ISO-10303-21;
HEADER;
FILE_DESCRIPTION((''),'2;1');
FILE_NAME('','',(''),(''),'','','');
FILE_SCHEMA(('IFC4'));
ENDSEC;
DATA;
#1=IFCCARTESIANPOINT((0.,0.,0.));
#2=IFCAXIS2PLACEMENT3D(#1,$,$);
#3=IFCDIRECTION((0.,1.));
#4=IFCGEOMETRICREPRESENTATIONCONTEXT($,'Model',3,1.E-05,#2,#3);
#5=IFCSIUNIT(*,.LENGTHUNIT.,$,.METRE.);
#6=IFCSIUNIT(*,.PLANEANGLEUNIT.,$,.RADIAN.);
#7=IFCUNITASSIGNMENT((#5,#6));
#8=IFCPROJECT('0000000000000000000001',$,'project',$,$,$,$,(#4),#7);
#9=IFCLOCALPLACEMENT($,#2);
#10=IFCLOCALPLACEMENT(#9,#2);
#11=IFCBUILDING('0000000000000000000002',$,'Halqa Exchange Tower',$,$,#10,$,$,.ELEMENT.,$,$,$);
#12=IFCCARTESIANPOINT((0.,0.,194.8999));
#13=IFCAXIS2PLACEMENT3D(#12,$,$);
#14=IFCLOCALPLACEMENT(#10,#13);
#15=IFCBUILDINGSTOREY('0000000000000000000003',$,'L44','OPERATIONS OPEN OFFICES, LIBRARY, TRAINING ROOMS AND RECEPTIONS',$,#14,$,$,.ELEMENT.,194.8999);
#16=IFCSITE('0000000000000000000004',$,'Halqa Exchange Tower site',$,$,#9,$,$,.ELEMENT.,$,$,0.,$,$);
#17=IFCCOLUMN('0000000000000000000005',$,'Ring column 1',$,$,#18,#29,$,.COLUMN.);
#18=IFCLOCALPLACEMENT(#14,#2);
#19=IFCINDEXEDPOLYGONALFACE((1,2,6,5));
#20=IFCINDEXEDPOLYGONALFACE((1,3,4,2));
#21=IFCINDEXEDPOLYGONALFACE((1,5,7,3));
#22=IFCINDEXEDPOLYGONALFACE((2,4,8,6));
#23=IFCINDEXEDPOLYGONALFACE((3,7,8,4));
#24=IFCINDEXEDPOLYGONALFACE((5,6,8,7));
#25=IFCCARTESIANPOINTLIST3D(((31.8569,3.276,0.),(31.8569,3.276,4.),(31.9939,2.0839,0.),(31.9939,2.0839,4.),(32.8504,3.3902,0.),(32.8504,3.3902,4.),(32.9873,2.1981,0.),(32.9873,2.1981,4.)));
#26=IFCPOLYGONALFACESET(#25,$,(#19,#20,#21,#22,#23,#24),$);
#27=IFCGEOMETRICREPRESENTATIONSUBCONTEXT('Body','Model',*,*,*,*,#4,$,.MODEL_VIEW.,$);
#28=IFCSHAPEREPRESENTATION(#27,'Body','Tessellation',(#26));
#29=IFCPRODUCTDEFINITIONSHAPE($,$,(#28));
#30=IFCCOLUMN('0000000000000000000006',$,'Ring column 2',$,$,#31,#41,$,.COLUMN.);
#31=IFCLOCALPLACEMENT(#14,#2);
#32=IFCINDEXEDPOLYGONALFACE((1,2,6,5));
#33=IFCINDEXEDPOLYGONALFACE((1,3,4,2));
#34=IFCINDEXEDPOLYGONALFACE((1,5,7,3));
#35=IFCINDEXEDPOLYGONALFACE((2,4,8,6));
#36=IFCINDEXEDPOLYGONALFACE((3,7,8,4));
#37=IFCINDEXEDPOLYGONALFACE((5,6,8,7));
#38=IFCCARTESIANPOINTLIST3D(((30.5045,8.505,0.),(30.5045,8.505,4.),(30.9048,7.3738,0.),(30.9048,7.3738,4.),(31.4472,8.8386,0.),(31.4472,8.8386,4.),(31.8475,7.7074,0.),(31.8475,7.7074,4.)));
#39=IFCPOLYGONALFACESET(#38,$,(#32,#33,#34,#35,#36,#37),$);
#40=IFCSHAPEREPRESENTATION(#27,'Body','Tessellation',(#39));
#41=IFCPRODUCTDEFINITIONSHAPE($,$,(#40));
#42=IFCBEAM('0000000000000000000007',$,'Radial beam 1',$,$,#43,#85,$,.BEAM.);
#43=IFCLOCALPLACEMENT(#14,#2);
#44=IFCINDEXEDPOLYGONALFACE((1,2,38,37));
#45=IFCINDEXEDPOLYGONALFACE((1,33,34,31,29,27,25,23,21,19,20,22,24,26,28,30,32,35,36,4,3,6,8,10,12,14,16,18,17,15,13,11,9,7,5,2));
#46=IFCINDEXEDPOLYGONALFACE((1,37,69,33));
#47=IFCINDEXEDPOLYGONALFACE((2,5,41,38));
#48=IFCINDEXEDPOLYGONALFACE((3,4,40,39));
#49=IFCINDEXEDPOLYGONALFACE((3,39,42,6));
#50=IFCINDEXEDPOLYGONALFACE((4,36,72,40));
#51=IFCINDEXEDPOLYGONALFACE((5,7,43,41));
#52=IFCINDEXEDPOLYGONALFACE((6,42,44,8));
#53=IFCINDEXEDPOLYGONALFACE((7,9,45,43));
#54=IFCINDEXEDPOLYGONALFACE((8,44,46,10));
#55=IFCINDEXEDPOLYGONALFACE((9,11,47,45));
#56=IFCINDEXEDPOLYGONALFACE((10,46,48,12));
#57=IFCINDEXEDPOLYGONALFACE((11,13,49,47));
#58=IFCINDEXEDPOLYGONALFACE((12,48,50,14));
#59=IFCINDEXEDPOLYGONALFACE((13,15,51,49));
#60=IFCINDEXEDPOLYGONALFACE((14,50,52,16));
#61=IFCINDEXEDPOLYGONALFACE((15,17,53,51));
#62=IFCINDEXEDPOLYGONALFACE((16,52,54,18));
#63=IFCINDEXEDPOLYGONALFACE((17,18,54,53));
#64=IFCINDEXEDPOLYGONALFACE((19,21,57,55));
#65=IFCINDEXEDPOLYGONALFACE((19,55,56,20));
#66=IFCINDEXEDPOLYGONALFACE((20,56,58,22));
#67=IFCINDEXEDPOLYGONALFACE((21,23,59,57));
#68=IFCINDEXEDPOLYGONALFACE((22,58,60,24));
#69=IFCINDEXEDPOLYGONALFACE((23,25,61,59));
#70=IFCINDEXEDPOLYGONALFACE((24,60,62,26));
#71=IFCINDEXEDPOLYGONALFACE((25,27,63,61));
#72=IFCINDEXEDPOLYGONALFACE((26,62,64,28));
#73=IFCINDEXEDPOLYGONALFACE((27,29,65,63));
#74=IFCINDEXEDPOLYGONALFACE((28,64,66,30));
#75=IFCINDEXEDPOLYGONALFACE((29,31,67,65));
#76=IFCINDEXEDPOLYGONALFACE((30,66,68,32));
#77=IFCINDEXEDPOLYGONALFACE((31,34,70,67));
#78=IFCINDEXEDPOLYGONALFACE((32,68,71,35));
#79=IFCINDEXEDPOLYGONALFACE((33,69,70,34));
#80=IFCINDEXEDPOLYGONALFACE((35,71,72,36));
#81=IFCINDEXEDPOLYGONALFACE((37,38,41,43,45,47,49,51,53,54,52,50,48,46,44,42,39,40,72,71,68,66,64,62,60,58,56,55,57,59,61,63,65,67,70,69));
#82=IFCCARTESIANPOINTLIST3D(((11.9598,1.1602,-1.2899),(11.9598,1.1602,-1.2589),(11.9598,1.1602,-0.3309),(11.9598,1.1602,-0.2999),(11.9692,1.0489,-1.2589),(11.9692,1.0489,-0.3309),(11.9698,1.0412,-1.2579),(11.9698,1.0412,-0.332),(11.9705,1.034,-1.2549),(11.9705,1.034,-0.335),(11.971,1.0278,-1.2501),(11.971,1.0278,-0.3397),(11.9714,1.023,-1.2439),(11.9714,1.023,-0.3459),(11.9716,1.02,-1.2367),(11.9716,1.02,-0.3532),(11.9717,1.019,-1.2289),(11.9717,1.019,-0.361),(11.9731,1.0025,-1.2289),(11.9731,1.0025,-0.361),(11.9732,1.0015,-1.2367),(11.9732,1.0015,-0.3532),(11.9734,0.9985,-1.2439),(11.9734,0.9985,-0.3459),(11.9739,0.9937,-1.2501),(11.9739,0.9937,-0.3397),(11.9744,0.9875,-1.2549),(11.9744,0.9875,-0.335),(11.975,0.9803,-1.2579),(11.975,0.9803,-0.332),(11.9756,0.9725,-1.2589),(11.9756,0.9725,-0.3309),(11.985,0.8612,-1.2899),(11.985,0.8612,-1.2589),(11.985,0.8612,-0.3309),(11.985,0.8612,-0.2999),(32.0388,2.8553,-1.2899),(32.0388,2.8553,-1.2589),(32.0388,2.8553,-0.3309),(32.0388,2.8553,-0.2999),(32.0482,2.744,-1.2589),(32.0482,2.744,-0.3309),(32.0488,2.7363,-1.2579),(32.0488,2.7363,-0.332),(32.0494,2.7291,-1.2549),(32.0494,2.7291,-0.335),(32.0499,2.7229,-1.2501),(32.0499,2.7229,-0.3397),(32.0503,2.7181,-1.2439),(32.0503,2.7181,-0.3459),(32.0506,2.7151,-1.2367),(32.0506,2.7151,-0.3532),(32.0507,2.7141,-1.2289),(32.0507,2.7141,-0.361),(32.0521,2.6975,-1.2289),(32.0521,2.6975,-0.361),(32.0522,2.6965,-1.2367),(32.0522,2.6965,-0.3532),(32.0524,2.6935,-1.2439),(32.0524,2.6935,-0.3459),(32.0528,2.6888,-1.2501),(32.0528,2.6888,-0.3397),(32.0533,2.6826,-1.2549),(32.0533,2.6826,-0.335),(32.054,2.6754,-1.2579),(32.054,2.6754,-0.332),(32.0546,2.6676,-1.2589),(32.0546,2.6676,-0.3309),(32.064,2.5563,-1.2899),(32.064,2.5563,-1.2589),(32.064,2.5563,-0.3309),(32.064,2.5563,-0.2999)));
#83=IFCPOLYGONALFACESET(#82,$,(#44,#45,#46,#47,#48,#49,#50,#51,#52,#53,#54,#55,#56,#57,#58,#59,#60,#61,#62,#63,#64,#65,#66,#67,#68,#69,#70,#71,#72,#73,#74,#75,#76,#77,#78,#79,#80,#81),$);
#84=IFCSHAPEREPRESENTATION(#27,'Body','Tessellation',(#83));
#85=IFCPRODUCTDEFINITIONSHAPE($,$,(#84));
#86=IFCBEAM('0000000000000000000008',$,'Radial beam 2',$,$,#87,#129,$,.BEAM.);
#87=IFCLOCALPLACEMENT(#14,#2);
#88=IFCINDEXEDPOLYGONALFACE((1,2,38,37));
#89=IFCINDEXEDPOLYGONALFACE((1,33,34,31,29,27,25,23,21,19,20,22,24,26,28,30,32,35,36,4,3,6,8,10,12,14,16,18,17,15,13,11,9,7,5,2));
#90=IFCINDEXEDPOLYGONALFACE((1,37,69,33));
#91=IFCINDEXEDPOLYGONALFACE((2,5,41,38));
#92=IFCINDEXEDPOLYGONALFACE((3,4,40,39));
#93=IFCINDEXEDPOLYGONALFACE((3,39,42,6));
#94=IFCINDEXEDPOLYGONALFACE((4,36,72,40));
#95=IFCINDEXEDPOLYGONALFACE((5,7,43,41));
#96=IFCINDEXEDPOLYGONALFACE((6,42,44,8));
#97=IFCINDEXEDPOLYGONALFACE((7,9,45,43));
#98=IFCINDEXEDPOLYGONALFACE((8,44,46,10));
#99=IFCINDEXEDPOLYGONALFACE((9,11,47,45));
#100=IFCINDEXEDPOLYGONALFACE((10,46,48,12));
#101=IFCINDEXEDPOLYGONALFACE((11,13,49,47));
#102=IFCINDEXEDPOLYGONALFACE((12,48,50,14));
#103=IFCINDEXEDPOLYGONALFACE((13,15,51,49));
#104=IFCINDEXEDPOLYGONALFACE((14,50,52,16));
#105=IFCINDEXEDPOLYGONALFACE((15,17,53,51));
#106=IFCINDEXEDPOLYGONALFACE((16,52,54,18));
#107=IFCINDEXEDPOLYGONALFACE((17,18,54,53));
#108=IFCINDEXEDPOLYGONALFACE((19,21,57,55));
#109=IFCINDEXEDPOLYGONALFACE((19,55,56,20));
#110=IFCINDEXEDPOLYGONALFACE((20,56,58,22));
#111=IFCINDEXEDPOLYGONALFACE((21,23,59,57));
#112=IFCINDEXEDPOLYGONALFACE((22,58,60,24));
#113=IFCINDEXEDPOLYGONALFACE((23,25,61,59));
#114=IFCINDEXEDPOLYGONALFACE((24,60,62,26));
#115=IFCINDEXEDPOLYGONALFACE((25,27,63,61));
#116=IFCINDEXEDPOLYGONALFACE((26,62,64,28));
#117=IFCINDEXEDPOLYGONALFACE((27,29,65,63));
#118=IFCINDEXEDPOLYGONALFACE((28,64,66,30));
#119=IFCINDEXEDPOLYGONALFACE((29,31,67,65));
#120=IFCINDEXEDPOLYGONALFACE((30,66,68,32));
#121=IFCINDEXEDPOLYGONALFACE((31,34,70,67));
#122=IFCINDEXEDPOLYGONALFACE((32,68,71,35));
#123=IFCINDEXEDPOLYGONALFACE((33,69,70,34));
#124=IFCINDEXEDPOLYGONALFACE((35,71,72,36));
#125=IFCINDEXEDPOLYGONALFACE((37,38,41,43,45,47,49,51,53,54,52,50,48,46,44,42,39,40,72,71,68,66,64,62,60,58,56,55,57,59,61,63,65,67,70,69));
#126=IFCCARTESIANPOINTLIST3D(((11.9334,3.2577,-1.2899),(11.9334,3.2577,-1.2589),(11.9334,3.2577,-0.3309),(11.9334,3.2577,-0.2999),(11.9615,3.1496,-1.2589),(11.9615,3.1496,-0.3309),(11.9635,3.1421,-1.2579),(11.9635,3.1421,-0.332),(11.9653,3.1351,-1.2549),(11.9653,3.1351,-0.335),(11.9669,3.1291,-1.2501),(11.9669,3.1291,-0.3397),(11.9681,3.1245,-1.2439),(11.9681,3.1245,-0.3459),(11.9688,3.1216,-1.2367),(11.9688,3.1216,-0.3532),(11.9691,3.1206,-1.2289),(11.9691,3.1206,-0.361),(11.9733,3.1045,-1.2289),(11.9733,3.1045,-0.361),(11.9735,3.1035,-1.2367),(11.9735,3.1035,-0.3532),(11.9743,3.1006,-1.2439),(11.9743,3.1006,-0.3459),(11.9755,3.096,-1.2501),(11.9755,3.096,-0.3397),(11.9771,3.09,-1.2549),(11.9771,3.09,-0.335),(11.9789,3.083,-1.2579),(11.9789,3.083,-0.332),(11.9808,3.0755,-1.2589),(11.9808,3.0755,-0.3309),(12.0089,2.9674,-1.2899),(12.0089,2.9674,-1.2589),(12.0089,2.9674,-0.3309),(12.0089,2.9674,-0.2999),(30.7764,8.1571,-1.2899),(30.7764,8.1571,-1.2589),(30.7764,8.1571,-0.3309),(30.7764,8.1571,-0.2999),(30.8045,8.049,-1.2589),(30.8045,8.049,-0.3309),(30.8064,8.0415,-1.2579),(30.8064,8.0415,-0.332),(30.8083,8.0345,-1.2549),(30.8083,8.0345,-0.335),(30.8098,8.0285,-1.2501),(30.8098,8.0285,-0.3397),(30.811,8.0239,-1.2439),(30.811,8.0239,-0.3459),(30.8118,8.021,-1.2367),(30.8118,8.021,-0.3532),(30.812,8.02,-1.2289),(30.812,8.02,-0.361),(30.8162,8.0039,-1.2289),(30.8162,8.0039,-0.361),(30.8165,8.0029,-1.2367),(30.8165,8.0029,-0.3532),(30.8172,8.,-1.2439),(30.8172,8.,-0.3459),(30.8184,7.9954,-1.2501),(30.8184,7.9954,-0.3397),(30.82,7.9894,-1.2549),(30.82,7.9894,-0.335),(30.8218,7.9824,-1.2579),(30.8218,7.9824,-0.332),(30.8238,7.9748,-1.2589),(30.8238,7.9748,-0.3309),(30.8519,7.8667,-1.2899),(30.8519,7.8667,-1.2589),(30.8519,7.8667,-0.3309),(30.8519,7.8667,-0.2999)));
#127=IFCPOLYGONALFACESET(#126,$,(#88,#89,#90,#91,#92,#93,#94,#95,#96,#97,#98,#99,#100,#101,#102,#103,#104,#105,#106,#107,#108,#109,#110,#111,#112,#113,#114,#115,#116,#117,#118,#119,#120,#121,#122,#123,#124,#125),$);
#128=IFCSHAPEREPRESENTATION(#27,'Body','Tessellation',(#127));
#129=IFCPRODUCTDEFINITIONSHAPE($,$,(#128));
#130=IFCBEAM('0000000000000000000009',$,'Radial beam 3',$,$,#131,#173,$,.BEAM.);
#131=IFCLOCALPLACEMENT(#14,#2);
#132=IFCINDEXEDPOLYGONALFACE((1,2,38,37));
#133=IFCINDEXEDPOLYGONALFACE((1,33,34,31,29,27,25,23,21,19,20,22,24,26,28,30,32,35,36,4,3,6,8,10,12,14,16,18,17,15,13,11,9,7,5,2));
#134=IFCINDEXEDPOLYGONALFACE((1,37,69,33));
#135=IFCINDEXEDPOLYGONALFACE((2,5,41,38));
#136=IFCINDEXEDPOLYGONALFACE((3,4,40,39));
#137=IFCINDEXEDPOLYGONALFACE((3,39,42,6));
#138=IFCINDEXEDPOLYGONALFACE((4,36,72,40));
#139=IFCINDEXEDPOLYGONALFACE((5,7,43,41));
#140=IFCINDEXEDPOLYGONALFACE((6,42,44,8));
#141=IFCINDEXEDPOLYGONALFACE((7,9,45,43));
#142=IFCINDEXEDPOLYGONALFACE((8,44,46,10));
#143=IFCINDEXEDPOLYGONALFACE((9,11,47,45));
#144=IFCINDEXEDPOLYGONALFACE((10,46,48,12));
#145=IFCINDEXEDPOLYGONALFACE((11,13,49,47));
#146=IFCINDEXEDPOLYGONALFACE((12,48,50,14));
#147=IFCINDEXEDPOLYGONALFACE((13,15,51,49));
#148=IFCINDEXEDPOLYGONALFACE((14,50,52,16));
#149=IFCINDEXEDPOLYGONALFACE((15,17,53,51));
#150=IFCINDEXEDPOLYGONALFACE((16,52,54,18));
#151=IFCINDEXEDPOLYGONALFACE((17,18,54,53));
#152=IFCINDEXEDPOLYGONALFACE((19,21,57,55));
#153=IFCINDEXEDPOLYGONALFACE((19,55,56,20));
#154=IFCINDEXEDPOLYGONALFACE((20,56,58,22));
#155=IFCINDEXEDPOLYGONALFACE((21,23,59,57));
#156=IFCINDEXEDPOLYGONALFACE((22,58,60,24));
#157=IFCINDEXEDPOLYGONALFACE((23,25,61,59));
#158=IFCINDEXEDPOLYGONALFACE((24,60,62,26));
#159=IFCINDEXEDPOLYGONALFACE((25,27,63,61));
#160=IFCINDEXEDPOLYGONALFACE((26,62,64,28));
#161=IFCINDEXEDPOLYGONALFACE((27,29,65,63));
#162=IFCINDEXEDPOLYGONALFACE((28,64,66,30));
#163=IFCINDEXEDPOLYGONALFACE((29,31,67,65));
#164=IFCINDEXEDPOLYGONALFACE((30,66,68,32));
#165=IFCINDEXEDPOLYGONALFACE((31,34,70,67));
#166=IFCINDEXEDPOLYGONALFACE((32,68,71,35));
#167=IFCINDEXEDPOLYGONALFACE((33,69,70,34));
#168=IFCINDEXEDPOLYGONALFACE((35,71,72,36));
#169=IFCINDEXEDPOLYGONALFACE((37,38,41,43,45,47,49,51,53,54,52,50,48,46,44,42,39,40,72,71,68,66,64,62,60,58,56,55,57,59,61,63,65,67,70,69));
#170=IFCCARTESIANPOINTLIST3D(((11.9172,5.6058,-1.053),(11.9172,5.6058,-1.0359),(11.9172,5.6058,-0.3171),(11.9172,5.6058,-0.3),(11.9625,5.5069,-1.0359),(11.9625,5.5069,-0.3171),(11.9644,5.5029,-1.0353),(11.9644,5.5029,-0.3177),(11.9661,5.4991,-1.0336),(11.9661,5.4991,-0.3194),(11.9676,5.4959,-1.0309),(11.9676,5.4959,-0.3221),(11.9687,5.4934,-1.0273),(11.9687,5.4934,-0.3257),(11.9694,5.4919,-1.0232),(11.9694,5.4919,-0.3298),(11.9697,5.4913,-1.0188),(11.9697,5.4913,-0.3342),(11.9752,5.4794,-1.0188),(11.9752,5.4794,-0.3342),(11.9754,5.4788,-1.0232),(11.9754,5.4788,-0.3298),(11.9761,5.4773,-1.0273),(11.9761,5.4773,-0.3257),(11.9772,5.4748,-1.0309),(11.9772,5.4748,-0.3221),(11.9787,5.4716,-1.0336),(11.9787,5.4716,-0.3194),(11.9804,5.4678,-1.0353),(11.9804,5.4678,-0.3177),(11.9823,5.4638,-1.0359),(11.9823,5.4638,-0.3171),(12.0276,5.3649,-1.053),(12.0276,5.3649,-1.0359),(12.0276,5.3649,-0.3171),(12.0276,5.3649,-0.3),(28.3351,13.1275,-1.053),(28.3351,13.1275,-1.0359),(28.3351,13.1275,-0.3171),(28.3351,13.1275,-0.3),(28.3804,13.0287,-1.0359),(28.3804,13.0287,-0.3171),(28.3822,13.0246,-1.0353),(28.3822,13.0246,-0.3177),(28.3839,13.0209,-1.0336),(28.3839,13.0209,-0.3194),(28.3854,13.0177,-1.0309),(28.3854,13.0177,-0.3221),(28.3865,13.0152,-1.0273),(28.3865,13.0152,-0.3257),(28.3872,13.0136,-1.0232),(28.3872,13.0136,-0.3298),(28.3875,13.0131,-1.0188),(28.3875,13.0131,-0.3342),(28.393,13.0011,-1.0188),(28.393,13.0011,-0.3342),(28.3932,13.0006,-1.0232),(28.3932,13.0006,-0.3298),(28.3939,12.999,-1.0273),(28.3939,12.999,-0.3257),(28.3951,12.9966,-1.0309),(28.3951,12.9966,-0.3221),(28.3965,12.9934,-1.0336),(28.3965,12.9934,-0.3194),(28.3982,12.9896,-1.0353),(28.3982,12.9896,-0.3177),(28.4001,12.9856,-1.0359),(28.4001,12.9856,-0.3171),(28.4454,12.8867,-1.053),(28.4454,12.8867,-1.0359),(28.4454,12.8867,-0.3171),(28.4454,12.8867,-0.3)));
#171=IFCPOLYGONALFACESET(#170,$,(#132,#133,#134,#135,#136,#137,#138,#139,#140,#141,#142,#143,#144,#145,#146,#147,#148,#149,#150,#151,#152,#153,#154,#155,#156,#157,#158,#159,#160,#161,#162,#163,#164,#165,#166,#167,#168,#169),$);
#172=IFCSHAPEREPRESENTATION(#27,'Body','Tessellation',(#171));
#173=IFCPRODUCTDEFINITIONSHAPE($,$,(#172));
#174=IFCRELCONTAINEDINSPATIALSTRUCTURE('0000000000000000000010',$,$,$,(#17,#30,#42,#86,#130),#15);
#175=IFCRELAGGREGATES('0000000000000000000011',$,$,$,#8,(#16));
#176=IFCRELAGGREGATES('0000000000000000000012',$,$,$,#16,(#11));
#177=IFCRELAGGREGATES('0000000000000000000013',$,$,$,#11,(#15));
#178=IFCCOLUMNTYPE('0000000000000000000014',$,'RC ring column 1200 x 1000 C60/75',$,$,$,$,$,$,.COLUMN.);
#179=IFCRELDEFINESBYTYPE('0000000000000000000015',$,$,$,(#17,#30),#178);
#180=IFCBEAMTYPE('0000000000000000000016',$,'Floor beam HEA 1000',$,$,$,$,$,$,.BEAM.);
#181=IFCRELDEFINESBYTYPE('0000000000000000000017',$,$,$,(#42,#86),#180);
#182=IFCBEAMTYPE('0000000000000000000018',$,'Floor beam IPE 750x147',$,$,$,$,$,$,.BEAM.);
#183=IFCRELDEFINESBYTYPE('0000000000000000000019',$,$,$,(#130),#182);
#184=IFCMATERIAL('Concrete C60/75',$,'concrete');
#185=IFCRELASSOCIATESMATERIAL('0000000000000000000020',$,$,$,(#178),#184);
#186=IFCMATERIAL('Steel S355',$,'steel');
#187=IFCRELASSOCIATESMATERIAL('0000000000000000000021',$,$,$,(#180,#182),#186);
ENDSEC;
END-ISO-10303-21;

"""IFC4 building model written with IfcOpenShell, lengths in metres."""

from ifc_helpers import new_model, si_unit, direction, frame, origin, origin_2d, place, context, subcontext, project, spatial, rectangle, i_section, extrude, material, material_profile, profile_set, type_object, element, save


model = new_model("IFC4")

# Units and contexts
model_context = context("Model", 3, precision=1e-05, world=origin(), true_north=direction((0.0, 1.0)))
body_context = subcontext(model_context, "Body", "Model", "MODEL_VIEW")
ifc_project = project(units=[si_unit("LENGTHUNIT", "METRE"), si_unit("PLANEANGLEUNIT", "RADIAN")], contexts=[model_context])

# Site, building, storey
site_placement = place(None, origin())
site = spatial("IfcSite", under=ifc_project, at=site_placement, Name="Halqa Exchange Tower site", CompositionType="ELEMENT", RefElevation=0.0)
building_placement = place(site_placement, origin())
building = spatial("IfcBuilding", under=site, at=building_placement, Name="Halqa Exchange Tower", CompositionType="ELEMENT")
storey_placement = place(building_placement, frame((0.0, 0.0, 194.8999)))
storey = spatial("IfcBuildingStorey", under=building, at=storey_placement, Name="L44", Description="OPERATIONS OPEN OFFICES, LIBRARY, TRAINING ROOMS AND RECEPTIONS", CompositionType="ELEMENT", Elevation=194.8999)

# Columns
ifc_material_1 = material(Name="Concrete C60/75", Category="concrete")
ifc_material_profile_1 = material_profile(ifc_material_1, rectangle(XDim=1.2, YDim=1.0, at=origin_2d()), Name="1200 x 1000")
ifc_profile_set_1 = profile_set([ifc_material_profile_1], Name="Concrete C60/75")
column_type = type_object("IfcColumnType", Name="RC ring column 1200 x 1000 C60/75", PredefinedType="COLUMN", material=ifc_profile_set_1)
for number, where, z_axis, x_axis, name in (
    (1, (32.4221, 2.7371, 0.0), (0.0, 0.0, 1.0), (-0.11415, 0.993464, 0.0), "Ring column 1"),
    (2, (31.176, 8.1062, 0.0), (0.0, 0.0, 1.0), (-0.333626, 0.942706, 0.0), "Ring column 2"),
):
    element("IfcColumn", number, at=place(storey_placement, frame(where, z_axis=z_axis, x_axis=x_axis)), inside=storey, type_object=column_type, Name=name, PredefinedType="COLUMN", context=body_context, shape_type="SweptSolid", body=[
        extrude(rectangle(XDim=1.2, YDim=1.0, at=origin_2d()), origin(), (0.0, 0.0, 1.0), 4.0),
    ])

# Beams
ifc_material_2 = material(Name="Steel S355", Category="steel")
ifc_material_profile_2 = material_profile(ifc_material_2, i_section(OverallWidth=0.3, OverallDepth=0.99, WebThickness=0.0166, FlangeThickness=0.031, FilletRadius=0.03, at=origin_2d()), Name="HEA 1000")
ifc_profile_set_2 = profile_set([ifc_material_profile_2], Name="Steel S355")
beam_type_1 = type_object("IfcBeamType", Name="Floor beam HEA 1000", PredefinedType="BEAM", material=ifc_profile_set_2)
beam_1_placement = place(storey_placement, frame((11.9724, 1.0107, -0.7949), z_axis=(0.996456, 0.084121, 0.0), x_axis=(-0.084121, 0.996456, 0.0)))
element("IfcBeam", 3, at=beam_1_placement, inside=storey, type_object=beam_type_1, Name="Radial beam 1", PredefinedType="BEAM", context=body_context, shape_type="SweptSolid", body=[
    extrude(i_section(OverallWidth=0.3, OverallDepth=0.99, WebThickness=0.0166, FlangeThickness=0.031, FilletRadius=0.03, at=origin_2d()), origin(), (0.0, 0.0, 1.0), 20.1504),
])
beam_2_placement = place(storey_placement, frame((11.9712, 3.1125, -0.7949), z_axis=(0.96782, 0.251645, 0.0), x_axis=(-0.251645, 0.96782, 0.0)))
element("IfcBeam", 4, at=beam_2_placement, inside=storey, type_object=beam_type_1, Name="Radial beam 2", PredefinedType="BEAM", context=body_context, shape_type="SweptSolid", body=[
    extrude(i_section(OverallWidth=0.3, OverallDepth=0.99, WebThickness=0.0166, FlangeThickness=0.031, FilletRadius=0.03, at=origin_2d()), origin(), (0.0, 0.0, 1.0), 19.4695),
])
ifc_material_profile_3 = material_profile(ifc_material_2, i_section(OverallWidth=0.2649, OverallDepth=0.7529, WebThickness=0.0132, FlangeThickness=0.0171, FilletRadius=0.0171, at=origin_2d()), Name="IPE 750x147")
ifc_profile_set_3 = profile_set([ifc_material_profile_3], Name="Steel S355")
beam_type_2 = type_object("IfcBeamType", Name="Floor beam IPE 750x147", PredefinedType="BEAM", material=ifc_profile_set_3)
beam_3_placement = place(storey_placement, frame((11.9724, 5.4854, -0.6765), z_axis=(0.909129, 0.416515, 0.0), x_axis=(-0.416515, 0.909129, 0.0)))
element("IfcBeam", 5, at=beam_3_placement, inside=storey, type_object=beam_type_2, Name="Radial beam 3", PredefinedType="BEAM", context=body_context, shape_type="SweptSolid", body=[
    extrude(i_section(OverallWidth=0.2649, OverallDepth=0.7529, WebThickness=0.0132, FlangeThickness=0.0171, FilletRadius=0.0171, at=origin_2d()), origin(), (0.0, 0.0, 1.0), 18.0588),
])

save(model, "model.ifc")
